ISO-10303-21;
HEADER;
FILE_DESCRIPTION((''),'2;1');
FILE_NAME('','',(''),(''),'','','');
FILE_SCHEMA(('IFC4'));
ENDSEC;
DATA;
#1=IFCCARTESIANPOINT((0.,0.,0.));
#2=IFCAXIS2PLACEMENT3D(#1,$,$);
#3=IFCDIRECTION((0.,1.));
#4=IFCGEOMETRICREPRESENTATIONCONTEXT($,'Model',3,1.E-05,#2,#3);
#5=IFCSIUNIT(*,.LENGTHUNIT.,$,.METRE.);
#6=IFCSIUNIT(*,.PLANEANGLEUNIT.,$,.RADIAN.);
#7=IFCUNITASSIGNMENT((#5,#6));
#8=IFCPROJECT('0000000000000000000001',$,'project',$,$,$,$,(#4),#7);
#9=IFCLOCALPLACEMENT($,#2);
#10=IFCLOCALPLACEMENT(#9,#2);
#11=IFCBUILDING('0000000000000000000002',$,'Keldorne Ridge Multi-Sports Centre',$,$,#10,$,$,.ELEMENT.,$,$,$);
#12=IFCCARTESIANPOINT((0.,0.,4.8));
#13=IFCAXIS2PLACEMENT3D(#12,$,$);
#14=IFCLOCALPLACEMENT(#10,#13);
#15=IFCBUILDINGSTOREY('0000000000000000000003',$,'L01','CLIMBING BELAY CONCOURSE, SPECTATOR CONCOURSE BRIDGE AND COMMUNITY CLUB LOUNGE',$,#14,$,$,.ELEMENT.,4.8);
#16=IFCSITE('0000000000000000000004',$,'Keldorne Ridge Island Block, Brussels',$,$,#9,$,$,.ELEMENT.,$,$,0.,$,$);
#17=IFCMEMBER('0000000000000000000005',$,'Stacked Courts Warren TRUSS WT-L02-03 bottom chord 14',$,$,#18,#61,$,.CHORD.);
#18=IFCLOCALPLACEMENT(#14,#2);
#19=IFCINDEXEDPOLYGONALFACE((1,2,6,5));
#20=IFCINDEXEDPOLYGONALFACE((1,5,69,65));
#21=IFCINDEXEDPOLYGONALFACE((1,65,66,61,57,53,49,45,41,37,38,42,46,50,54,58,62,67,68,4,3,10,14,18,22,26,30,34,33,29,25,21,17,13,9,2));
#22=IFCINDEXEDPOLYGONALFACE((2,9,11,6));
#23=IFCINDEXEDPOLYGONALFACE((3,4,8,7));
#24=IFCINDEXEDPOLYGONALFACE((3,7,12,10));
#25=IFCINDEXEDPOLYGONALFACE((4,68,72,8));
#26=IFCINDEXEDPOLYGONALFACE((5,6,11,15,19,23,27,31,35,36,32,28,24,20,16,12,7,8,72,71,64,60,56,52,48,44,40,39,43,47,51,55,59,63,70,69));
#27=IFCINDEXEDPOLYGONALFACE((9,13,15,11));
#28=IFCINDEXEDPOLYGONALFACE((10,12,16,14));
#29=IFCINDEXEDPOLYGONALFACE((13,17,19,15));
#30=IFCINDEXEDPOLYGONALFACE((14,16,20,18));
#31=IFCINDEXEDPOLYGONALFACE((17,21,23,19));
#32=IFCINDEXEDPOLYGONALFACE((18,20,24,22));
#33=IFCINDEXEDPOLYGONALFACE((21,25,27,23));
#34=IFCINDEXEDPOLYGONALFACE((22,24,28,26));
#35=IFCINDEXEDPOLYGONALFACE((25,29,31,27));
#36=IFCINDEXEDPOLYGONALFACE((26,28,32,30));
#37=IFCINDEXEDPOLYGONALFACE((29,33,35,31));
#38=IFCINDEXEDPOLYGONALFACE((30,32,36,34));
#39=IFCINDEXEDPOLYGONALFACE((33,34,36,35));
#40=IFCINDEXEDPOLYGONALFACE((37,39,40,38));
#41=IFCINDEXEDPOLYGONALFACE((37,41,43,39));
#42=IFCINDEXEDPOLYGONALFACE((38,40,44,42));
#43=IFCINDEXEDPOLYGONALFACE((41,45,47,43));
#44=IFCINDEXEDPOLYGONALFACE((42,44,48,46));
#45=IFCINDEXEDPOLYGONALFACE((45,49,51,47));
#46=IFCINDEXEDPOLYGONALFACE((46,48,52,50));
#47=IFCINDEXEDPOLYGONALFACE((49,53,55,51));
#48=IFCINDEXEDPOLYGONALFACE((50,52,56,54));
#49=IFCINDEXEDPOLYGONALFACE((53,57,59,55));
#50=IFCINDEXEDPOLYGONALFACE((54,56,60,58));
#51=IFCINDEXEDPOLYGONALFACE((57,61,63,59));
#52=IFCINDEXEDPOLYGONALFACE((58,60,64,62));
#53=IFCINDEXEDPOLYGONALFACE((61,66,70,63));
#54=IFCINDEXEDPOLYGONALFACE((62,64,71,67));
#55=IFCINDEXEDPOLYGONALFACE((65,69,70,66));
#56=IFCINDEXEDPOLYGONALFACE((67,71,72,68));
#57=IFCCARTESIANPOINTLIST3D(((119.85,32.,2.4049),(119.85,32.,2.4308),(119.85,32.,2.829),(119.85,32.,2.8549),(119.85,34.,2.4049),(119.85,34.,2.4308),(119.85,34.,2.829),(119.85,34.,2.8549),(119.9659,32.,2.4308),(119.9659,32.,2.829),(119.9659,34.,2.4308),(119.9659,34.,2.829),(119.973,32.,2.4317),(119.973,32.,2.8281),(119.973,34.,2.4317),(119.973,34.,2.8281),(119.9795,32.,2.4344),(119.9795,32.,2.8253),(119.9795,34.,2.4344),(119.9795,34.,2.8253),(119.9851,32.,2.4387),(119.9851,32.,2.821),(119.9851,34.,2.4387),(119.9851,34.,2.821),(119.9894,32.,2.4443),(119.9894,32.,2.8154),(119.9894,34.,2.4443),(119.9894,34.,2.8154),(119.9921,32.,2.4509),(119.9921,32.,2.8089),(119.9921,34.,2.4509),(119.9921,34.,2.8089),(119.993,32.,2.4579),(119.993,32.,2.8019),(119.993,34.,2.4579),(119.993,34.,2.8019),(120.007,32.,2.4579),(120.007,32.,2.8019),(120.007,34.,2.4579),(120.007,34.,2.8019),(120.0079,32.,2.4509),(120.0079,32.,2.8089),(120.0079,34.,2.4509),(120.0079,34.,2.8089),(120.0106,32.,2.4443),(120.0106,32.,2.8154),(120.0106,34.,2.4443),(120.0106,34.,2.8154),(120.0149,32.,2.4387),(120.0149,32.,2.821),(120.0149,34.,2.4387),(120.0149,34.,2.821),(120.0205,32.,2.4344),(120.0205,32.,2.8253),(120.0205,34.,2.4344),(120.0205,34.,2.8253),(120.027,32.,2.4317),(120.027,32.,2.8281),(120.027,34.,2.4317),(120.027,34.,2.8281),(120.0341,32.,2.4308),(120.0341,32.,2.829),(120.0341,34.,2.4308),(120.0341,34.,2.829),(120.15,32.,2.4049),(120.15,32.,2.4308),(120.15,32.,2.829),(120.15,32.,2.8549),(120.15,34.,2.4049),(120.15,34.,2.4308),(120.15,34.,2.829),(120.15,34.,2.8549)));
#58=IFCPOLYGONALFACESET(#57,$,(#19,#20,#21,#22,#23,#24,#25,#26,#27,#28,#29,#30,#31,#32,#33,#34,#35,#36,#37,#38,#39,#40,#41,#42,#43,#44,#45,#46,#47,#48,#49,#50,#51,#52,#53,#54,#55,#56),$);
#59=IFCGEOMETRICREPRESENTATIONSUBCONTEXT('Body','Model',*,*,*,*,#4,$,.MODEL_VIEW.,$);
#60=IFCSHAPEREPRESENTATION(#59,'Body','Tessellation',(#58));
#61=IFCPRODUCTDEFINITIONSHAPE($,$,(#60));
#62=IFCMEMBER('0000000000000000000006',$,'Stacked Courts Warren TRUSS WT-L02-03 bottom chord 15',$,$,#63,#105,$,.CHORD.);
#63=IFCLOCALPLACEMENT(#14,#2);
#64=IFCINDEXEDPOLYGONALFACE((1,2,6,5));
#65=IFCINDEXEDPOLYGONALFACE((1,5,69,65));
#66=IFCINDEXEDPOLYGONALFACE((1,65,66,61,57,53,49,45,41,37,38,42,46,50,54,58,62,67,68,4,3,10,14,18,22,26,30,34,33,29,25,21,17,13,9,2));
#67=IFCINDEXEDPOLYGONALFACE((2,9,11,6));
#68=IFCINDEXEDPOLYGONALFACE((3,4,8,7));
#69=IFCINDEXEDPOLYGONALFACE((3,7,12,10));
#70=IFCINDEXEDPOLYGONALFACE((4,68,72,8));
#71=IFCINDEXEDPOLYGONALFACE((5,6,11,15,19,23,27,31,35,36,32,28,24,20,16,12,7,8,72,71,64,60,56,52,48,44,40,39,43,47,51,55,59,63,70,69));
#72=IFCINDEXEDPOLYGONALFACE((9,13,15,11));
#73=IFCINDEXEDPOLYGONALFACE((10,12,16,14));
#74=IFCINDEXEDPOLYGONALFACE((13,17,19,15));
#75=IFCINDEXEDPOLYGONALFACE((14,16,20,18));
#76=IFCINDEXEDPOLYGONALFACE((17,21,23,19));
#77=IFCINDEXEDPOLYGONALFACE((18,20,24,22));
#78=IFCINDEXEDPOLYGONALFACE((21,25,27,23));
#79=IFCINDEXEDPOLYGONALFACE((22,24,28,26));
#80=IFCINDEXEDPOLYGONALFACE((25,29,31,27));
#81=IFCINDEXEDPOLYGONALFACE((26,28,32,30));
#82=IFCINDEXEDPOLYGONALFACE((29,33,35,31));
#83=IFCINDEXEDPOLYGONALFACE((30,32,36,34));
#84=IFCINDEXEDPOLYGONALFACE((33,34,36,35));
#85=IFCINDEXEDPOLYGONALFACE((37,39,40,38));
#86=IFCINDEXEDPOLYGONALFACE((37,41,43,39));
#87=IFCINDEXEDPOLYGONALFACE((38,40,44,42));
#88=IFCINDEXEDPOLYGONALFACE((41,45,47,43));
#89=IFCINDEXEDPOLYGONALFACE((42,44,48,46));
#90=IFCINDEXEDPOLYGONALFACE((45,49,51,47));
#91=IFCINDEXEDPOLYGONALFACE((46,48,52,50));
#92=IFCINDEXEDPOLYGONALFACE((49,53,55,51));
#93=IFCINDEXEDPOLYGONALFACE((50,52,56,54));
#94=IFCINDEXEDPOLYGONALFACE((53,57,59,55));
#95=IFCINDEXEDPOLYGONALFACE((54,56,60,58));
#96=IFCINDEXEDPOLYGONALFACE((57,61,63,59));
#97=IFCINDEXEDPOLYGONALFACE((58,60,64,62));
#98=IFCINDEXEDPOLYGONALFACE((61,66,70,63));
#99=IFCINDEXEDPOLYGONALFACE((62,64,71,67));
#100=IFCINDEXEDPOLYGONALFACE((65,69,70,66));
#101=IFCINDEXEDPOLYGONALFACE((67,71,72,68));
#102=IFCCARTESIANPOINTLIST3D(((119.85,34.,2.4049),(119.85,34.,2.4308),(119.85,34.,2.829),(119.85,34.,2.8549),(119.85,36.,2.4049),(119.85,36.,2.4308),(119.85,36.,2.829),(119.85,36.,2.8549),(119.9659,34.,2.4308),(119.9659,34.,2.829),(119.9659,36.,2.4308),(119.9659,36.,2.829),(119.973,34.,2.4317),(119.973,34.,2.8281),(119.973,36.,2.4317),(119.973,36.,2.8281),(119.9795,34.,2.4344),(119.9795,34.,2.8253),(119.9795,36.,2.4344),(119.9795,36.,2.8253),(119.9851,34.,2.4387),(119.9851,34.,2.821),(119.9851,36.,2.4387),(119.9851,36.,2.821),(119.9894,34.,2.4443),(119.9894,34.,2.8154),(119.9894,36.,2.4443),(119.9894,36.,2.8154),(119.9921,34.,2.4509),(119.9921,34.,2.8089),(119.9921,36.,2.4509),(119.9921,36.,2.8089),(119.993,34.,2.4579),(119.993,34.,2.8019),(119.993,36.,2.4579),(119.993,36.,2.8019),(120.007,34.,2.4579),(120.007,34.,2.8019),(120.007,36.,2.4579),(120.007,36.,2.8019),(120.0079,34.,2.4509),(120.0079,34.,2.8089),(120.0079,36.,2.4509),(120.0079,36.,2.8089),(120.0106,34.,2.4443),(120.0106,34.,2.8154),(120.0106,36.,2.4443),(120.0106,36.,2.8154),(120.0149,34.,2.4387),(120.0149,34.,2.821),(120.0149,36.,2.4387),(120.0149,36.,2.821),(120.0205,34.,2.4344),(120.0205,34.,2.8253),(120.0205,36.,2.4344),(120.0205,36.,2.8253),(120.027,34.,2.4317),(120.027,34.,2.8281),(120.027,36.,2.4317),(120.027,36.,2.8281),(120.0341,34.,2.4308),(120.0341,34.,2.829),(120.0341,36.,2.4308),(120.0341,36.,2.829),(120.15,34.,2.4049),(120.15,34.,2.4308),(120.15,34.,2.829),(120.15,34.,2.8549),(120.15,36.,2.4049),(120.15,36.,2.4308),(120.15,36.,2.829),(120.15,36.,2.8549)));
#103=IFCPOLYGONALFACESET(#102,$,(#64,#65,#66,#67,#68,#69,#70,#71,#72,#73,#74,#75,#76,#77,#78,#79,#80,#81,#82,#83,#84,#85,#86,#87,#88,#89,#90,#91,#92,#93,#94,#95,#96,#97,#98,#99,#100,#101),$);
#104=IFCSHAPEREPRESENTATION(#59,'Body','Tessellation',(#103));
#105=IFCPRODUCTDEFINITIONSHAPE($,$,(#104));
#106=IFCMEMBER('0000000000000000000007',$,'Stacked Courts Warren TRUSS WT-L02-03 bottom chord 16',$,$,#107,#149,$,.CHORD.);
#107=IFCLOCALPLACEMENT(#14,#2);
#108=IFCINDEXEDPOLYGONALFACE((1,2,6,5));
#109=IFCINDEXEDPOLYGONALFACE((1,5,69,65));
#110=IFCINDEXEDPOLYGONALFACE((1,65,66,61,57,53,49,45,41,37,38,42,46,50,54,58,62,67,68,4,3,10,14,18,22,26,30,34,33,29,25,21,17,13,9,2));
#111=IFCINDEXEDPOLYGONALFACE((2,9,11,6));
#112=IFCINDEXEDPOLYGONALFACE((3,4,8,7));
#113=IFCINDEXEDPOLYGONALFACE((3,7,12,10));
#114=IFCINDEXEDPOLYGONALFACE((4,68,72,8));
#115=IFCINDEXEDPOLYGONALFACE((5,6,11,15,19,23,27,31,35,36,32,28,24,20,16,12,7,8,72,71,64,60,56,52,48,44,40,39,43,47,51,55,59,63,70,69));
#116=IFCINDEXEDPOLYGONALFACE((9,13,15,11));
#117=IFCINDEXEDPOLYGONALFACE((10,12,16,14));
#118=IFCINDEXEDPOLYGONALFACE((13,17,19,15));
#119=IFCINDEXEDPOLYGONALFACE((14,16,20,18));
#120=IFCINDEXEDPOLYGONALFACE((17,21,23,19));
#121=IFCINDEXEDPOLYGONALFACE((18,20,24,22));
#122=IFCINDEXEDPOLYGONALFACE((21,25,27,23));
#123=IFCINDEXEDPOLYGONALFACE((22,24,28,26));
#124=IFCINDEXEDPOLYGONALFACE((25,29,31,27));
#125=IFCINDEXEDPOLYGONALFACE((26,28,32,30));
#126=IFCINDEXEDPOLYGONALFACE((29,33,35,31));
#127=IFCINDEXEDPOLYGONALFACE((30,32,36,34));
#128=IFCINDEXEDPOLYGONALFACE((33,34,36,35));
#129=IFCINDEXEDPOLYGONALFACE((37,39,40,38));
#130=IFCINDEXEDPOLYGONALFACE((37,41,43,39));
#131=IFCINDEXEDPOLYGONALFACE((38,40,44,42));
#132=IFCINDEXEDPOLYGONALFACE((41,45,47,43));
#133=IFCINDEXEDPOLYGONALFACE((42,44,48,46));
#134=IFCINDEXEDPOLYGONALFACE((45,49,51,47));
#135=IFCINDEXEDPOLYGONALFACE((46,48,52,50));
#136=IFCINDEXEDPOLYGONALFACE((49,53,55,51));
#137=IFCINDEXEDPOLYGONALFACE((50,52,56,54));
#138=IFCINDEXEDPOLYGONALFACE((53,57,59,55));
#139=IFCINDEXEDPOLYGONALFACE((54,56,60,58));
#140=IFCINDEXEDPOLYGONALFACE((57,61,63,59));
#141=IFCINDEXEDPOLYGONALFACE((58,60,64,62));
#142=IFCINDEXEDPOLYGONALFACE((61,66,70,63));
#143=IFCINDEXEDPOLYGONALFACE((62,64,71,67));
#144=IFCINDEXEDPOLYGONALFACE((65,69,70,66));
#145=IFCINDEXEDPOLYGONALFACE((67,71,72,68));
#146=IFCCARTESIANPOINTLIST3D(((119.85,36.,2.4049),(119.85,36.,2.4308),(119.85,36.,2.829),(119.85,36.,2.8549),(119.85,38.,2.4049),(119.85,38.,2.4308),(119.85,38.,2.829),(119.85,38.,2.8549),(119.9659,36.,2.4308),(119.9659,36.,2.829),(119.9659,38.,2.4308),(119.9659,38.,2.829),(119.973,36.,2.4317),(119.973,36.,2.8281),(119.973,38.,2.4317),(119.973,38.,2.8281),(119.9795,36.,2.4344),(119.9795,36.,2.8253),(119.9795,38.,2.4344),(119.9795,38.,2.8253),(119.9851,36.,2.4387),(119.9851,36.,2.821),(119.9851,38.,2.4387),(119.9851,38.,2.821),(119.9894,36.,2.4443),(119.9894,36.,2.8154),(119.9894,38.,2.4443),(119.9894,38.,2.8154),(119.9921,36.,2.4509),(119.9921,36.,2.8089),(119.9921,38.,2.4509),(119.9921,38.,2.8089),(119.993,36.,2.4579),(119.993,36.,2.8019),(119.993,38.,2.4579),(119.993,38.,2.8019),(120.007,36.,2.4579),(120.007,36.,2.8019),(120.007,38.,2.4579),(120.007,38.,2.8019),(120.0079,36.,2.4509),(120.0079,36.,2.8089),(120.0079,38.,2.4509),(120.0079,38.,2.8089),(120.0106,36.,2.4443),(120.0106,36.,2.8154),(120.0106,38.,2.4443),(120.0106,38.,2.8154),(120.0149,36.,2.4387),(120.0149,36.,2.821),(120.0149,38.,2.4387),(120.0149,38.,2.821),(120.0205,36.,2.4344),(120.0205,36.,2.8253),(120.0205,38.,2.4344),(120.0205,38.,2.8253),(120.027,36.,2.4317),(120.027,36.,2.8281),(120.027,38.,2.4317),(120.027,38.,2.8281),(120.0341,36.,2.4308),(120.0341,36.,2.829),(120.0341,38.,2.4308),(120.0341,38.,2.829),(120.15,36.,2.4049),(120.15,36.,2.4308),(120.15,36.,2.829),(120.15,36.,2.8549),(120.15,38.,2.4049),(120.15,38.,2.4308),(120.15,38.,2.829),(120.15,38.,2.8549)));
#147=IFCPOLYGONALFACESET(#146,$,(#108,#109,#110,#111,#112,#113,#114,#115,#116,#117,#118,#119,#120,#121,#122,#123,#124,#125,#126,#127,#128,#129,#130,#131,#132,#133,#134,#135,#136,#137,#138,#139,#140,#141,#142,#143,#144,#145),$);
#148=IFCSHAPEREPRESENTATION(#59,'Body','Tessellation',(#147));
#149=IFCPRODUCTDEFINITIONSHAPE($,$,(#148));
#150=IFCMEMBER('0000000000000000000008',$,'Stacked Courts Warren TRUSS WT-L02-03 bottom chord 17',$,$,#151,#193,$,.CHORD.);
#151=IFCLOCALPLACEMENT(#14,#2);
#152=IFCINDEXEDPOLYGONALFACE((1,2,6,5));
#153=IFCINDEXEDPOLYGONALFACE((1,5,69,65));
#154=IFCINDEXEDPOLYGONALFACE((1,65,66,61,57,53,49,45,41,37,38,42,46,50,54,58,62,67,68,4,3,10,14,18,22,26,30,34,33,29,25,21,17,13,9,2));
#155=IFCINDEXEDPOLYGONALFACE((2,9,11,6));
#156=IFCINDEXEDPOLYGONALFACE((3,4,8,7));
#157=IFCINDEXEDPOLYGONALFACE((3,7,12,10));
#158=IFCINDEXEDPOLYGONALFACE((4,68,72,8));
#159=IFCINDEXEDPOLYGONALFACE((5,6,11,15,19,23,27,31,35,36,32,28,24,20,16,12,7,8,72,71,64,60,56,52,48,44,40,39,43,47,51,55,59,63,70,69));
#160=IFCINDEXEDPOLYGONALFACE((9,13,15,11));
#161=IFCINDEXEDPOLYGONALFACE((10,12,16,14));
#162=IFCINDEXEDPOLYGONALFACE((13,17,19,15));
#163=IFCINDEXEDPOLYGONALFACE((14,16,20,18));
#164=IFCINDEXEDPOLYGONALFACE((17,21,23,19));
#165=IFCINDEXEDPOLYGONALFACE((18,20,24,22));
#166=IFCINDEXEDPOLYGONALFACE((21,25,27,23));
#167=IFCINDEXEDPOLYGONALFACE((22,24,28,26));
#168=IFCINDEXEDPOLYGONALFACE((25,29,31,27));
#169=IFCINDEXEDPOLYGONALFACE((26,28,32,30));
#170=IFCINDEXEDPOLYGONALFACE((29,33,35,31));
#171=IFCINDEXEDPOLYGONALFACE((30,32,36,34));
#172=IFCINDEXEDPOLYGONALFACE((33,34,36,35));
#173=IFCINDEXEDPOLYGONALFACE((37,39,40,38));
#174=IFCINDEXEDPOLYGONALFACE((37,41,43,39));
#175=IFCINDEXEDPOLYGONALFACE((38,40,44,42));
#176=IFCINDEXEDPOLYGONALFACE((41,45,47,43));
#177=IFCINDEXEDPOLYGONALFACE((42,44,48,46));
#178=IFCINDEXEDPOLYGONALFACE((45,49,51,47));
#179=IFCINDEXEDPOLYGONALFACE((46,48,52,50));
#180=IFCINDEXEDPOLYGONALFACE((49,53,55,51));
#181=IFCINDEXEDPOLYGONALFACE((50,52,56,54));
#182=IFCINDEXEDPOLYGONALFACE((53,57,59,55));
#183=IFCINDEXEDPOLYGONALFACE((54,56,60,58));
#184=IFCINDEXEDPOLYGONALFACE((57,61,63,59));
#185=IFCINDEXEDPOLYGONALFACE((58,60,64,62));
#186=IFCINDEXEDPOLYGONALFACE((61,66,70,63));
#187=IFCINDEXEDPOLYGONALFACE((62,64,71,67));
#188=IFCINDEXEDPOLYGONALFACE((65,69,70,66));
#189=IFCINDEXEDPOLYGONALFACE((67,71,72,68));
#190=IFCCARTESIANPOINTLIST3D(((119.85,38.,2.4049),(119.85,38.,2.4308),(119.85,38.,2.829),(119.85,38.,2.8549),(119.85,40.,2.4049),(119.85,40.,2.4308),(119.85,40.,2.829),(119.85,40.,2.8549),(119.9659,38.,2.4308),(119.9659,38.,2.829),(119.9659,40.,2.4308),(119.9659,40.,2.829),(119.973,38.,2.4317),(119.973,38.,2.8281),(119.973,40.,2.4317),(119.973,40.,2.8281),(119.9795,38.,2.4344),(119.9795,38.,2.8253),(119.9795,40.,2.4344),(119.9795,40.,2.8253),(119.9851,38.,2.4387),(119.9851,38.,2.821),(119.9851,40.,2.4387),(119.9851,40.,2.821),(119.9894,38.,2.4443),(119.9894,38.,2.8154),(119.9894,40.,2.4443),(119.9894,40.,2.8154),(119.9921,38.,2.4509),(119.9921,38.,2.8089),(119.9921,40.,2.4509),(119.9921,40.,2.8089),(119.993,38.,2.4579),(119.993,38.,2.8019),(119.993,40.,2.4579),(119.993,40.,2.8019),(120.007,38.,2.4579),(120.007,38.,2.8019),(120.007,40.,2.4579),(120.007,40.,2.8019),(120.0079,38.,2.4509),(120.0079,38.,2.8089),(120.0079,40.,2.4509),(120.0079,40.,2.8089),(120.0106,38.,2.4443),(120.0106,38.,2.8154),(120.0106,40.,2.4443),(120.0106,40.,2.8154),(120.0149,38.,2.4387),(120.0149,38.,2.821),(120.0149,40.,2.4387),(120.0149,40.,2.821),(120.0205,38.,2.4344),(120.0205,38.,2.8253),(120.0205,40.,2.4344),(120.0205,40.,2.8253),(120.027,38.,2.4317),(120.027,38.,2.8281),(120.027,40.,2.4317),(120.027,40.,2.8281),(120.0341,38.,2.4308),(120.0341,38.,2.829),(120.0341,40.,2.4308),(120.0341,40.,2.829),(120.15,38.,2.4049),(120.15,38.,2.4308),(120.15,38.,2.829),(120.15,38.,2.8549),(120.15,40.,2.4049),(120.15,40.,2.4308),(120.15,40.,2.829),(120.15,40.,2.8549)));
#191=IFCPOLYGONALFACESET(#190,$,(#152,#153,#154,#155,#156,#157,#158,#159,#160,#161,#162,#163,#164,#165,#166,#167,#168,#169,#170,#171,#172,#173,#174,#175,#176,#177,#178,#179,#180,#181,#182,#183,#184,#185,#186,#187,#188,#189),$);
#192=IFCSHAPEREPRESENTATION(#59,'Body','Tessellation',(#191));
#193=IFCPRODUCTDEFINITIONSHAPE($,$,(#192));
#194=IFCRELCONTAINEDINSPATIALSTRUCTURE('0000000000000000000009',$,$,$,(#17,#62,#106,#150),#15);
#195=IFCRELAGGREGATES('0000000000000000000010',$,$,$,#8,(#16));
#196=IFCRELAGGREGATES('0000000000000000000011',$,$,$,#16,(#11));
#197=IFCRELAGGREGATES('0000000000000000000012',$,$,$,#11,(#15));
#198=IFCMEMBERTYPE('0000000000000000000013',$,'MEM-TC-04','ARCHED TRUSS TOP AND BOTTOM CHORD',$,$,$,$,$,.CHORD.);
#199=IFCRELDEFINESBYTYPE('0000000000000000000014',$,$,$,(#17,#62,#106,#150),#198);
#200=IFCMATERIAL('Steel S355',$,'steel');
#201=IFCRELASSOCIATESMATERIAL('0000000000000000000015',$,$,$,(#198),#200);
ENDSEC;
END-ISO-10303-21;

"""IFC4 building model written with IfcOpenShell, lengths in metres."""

from ifc_helpers import new_model, si_unit, direction, frame, origin, origin_2d, place, context, subcontext, project, spatial, i_section, extrude, material, material_profile, profile_set, type_object, element, save


model = new_model("IFC4")

# Units and contexts
model_context = context("Model", 3, precision=1e-05, world=origin(), true_north=direction((0.0, 1.0)))
body_context = subcontext(model_context, "Body", "Model", "MODEL_VIEW")
ifc_project = project(units=[si_unit("LENGTHUNIT", "METRE"), si_unit("PLANEANGLEUNIT", "RADIAN")], contexts=[model_context])

# Site, building, storey
site_placement = place(None, origin())
site = spatial("IfcSite", under=ifc_project, at=site_placement, Name="Keldorne Ridge Island Block, Brussels", CompositionType="ELEMENT", RefElevation=0.0)
building_placement = place(site_placement, origin())
building = spatial("IfcBuilding", under=site, at=building_placement, Name="Keldorne Ridge Multi-Sports Centre", CompositionType="ELEMENT")
storey_placement = place(building_placement, frame((0.0, 0.0, 4.8)))
storey = spatial("IfcBuildingStorey", under=building, at=storey_placement, Name="L01", Description="CLIMBING BELAY CONCOURSE, SPECTATOR CONCOURSE BRIDGE AND COMMUNITY CLUB LOUNGE", CompositionType="ELEMENT", Elevation=4.8)

# Members
ifc_material = material(Name="Steel S355", Category="steel")
ifc_material_profile_1 = material_profile(ifc_material, i_section(OverallWidth=0.3, OverallDepth=0.45, WebThickness=0.0139, FlangeThickness=0.0259, FilletRadius=0.0271, at=origin_2d()), Name="HEB 450")
ifc_profile_set_1 = profile_set([ifc_material_profile_1], Name="Steel S355")
member_type_1 = type_object("IfcMemberType", Name="MEM-TC-04", Description="ARCHED TRUSS TOP AND BOTTOM CHORD", PredefinedType="CHORD", material=ifc_profile_set_1)
for number, where, z_axis, x_axis, name in (
    (1, (120.0, 32.0, 2.6299), (0.0, 1.0, 0.0), (-1.0, 0.0, 0.0), "Stacked Courts Warren TRUSS WT-L02-03 bottom chord 14"),
    (2, (120.0, 34.0, 2.6299), (0.0, 1.0, 0.0), (-1.0, 0.0, 0.0), "Stacked Courts Warren TRUSS WT-L02-03 bottom chord 15"),
    (3, (120.0, 36.0, 2.6299), (0.0, 1.0, 0.0), (-1.0, 0.0, 0.0), "Stacked Courts Warren TRUSS WT-L02-03 bottom chord 16"),
    (4, (120.0, 38.0, 2.6299), (0.0, 1.0, 0.0), (-1.0, 0.0, 0.0), "Stacked Courts Warren TRUSS WT-L02-03 bottom chord 17"),
):
    element("IfcMember", number, at=place(storey_placement, frame(where, z_axis=z_axis, x_axis=x_axis)), inside=storey, type_object=member_type_1, Name=name, PredefinedType="CHORD", context=body_context, shape_type="SweptSolid", body=[
        extrude(i_section(OverallWidth=0.3, OverallDepth=0.45, WebThickness=0.0139, FlangeThickness=0.0259, FilletRadius=0.0271, at=origin_2d()), origin(), (0.0, 0.0, 1.0), 2.0),
    ])

save(model, "model.ifc")
